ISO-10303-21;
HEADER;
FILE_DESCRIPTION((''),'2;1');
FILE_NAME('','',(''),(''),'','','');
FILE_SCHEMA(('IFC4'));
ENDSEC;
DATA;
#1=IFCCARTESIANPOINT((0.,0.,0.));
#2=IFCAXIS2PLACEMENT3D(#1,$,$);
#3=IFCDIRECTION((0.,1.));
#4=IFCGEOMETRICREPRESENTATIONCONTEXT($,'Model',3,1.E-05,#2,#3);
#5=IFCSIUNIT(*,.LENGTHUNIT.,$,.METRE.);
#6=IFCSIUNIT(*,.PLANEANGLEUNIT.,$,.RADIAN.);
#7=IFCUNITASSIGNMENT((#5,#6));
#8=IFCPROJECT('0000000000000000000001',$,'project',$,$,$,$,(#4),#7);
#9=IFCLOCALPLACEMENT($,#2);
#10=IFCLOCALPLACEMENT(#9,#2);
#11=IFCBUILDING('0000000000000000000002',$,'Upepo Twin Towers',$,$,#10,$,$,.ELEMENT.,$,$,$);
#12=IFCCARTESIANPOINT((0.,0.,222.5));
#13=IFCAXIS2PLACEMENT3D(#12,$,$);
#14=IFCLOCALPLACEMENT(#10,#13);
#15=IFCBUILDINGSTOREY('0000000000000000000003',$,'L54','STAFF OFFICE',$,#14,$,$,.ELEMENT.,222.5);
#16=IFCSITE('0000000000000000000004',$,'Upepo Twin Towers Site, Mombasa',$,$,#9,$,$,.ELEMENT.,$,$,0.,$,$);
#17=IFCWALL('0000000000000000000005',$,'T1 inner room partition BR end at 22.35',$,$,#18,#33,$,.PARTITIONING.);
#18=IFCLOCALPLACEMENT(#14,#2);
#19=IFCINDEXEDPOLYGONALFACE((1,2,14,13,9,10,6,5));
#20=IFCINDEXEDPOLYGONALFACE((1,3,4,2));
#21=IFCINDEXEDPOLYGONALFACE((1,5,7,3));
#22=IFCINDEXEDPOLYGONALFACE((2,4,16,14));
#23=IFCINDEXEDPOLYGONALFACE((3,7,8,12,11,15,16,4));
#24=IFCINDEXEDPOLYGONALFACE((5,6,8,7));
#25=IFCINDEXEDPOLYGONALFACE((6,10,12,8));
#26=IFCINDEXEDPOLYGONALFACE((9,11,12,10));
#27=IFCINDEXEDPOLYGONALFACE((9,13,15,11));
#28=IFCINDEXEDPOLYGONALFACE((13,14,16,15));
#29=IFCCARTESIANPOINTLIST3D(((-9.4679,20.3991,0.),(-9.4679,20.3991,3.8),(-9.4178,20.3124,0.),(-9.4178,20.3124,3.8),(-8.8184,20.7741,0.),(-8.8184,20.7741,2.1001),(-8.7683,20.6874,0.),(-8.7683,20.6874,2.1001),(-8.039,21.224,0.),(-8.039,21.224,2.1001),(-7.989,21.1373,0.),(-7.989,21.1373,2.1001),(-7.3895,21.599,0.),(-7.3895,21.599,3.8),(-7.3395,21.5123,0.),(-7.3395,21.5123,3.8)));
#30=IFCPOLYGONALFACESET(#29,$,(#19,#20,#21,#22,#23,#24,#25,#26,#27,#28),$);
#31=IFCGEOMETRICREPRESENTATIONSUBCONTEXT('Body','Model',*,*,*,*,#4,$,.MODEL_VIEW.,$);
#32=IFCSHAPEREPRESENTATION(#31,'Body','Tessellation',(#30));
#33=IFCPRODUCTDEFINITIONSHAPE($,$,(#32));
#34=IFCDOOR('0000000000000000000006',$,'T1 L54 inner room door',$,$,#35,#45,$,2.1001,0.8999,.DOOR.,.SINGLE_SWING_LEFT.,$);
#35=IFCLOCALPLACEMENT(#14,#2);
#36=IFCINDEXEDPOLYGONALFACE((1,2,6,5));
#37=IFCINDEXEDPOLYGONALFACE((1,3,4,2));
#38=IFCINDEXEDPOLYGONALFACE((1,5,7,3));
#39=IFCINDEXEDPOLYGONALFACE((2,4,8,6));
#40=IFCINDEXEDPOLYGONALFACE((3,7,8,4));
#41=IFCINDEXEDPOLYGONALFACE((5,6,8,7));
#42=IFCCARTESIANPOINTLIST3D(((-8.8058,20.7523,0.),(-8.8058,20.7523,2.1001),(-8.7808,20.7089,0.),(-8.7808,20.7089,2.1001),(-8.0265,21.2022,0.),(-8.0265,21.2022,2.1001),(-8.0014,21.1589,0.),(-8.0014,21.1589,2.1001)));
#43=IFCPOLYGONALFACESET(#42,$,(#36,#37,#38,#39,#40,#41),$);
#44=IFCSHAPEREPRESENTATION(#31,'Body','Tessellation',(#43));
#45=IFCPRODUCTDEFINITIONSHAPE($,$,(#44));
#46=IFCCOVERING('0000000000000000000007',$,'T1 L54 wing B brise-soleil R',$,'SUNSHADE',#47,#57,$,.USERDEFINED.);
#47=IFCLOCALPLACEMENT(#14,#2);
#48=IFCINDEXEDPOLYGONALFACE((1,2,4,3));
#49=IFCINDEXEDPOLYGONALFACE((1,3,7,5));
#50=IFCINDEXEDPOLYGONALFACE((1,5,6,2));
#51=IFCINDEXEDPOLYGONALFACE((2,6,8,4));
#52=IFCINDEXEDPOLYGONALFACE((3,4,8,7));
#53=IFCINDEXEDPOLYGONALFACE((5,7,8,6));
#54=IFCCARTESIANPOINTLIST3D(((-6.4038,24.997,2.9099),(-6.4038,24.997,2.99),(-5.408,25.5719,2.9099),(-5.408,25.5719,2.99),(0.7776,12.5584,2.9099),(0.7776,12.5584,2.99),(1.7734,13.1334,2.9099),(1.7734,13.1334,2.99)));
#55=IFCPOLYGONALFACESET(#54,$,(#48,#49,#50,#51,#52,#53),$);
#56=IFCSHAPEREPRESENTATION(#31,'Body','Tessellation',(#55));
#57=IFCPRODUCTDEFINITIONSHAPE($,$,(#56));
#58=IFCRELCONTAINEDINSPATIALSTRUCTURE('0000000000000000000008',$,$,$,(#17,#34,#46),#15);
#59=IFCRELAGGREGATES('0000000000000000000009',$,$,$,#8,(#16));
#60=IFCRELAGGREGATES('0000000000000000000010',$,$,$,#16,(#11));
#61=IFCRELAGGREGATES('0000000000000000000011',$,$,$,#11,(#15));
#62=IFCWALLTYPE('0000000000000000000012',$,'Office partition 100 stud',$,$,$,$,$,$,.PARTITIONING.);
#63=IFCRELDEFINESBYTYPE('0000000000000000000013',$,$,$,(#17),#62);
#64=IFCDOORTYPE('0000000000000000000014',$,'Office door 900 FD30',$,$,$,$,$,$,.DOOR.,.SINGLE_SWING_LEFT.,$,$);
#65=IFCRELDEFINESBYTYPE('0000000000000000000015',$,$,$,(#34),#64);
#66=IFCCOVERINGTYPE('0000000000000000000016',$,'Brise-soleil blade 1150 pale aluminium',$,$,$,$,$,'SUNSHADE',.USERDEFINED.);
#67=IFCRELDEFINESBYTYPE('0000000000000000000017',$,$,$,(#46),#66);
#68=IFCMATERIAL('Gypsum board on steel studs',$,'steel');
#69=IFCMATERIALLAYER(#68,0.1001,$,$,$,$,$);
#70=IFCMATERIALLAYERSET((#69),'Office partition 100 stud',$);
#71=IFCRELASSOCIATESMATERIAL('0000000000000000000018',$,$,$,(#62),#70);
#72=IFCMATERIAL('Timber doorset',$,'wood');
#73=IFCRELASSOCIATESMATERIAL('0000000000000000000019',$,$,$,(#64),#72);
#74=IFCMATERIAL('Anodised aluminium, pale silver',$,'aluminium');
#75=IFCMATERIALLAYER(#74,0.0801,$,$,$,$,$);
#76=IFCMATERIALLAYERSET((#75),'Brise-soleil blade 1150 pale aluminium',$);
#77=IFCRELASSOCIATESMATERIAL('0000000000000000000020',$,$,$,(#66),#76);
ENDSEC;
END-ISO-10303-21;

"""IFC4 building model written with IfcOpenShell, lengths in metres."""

from ifc_helpers import new_model, si_unit, direction, frame, frame_2d, origin, origin_2d, place, context, subcontext, project, spatial, rectangle, extrude, material, layer, layer_set, type_object, element, fill, save


model = new_model("IFC4")

# Units and contexts
model_context = context("Model", 3, precision=1e-05, world=origin(), true_north=direction((0.0, 1.0)))
body_context = subcontext(model_context, "Body", "Model", "MODEL_VIEW")
ifc_project = project(units=[si_unit("LENGTHUNIT", "METRE"), si_unit("PLANEANGLEUNIT", "RADIAN")], contexts=[model_context])

# Site, building, storey
site_placement = place(None, origin())
site = spatial("IfcSite", under=ifc_project, at=site_placement, Name="Upepo Twin Towers Site, Mombasa", CompositionType="ELEMENT", RefElevation=0.0)
building_placement = place(site_placement, origin())
building = spatial("IfcBuilding", under=site, at=building_placement, Name="Upepo Twin Towers", CompositionType="ELEMENT")
storey_placement = place(building_placement, frame((0.0, 0.0, 222.5)))
storey = spatial("IfcBuildingStorey", under=building, at=storey_placement, Name="L54", Description="STAFF OFFICE", CompositionType="ELEMENT", Elevation=222.5)

# Shared definitions
ifc_material_1 = material(Name="Gypsum board on steel studs", Category="steel")
ifc_layer_1 = layer(ifc_material_1, 0.1001)
ifc_layer_set_1 = layer_set([ifc_layer_1], Name="Office partition 100 stud")
wall_type_1 = type_object("IfcWallType", Name="Office partition 100 stud", PredefinedType="PARTITIONING", material=ifc_layer_set_1)

# Shared definitions
ifc_material_2 = material(Name="Timber doorset", Category="wood")
door_type = type_object("IfcDoorType", Name="Office door 900 FD30", OperationType="SINGLE_SWING_LEFT", PredefinedType="DOOR", material=ifc_material_2)

# Wall, opening, door
wall_1_placement = place(storey_placement, frame((-9.4429, 20.3557, 0.0), z_axis=(0.0, 0.0, 1.0), x_axis=(0.866025, 0.500001, 0.0)))
wall_1 = element("IfcWall", 1, at=wall_1_placement, inside=storey, type_object=wall_type_1, Name="T1 inner room partition BR end at 22.35", PredefinedType="PARTITIONING", context=body_context, shape_type="SweptSolid", body=[
    extrude(rectangle(XDim=2.3999, YDim=0.1001, at=frame_2d((1.2, 0.0))), origin(), (0.0, 0.0, 1.0), 3.8),
])
opening_1_placement = place(wall_1_placement, frame((0.75, 0.0, 0.0)))
opening_1 = element("IfcOpeningElement", 2, at=opening_1_placement, cuts=wall_1, PredefinedType="OPENING", context=body_context, shape_type="SweptSolid", body=[
    extrude(rectangle(XDim=0.8999, YDim=2.1001, at=frame_2d((0.45, 1.05))), frame((0.0, 0.0601, 0.0), z_axis=(0.0, -1.0, 0.0), x_axis=(1.0, 0.0, 0.0)), (0.0, 0.0, 1.0), 0.1201),
])
door_1_placement = place(opening_1_placement, origin())
door_1 = element("IfcDoor", 3, at=door_1_placement, inside=storey, type_object=door_type, Name="T1 L54 inner room door", OperationType="SINGLE_SWING_LEFT", OverallHeight=2.1001, OverallWidth=0.8999, PredefinedType="DOOR", context=body_context, shape_type="SweptSolid", body=[
    extrude(rectangle(XDim=0.8999, YDim=2.1001, at=frame_2d((0.45, 1.05))), frame((0.0, 0.0249, 0.0), z_axis=(0.0, -1.0, 0.0), x_axis=(1.0, 0.0, 0.0)), (0.0, 0.0, 1.0), 0.05),
])
fill(opening_1, door_1)

# Covering
ifc_material_3 = material(Name="Anodised aluminium, pale silver", Category="aluminium")
ifc_layer_2 = layer(ifc_material_3, 0.0801)
ifc_layer_set_2 = layer_set([ifc_layer_2], Name="Brise-soleil blade 1150 pale aluminium")
covering_type = type_object("IfcCoveringType", Name="Brise-soleil blade 1150 pale aluminium", ElementType="SUNSHADE", PredefinedType="USERDEFINED", material=ifc_layer_set_2)
covering_placement = place(storey_placement, frame((-2.3152, 19.0652, 2.9099), z_axis=(0.0, 0.0, 1.0), x_axis=(-0.5, 0.866025, 0.0)))
element("IfcCovering", 4, at=covering_placement, inside=storey, type_object=covering_type, Name="T1 L54 wing B brise-soleil R", ObjectType="SUNSHADE", PredefinedType="USERDEFINED", context=body_context, shape_type="SweptSolid", body=[
    extrude(rectangle(XDim=14.3628, YDim=1.1499, at=origin_2d()), origin(), (0.0, 0.0, 1.0), 0.0801),
])

save(model, "model.ifc")
